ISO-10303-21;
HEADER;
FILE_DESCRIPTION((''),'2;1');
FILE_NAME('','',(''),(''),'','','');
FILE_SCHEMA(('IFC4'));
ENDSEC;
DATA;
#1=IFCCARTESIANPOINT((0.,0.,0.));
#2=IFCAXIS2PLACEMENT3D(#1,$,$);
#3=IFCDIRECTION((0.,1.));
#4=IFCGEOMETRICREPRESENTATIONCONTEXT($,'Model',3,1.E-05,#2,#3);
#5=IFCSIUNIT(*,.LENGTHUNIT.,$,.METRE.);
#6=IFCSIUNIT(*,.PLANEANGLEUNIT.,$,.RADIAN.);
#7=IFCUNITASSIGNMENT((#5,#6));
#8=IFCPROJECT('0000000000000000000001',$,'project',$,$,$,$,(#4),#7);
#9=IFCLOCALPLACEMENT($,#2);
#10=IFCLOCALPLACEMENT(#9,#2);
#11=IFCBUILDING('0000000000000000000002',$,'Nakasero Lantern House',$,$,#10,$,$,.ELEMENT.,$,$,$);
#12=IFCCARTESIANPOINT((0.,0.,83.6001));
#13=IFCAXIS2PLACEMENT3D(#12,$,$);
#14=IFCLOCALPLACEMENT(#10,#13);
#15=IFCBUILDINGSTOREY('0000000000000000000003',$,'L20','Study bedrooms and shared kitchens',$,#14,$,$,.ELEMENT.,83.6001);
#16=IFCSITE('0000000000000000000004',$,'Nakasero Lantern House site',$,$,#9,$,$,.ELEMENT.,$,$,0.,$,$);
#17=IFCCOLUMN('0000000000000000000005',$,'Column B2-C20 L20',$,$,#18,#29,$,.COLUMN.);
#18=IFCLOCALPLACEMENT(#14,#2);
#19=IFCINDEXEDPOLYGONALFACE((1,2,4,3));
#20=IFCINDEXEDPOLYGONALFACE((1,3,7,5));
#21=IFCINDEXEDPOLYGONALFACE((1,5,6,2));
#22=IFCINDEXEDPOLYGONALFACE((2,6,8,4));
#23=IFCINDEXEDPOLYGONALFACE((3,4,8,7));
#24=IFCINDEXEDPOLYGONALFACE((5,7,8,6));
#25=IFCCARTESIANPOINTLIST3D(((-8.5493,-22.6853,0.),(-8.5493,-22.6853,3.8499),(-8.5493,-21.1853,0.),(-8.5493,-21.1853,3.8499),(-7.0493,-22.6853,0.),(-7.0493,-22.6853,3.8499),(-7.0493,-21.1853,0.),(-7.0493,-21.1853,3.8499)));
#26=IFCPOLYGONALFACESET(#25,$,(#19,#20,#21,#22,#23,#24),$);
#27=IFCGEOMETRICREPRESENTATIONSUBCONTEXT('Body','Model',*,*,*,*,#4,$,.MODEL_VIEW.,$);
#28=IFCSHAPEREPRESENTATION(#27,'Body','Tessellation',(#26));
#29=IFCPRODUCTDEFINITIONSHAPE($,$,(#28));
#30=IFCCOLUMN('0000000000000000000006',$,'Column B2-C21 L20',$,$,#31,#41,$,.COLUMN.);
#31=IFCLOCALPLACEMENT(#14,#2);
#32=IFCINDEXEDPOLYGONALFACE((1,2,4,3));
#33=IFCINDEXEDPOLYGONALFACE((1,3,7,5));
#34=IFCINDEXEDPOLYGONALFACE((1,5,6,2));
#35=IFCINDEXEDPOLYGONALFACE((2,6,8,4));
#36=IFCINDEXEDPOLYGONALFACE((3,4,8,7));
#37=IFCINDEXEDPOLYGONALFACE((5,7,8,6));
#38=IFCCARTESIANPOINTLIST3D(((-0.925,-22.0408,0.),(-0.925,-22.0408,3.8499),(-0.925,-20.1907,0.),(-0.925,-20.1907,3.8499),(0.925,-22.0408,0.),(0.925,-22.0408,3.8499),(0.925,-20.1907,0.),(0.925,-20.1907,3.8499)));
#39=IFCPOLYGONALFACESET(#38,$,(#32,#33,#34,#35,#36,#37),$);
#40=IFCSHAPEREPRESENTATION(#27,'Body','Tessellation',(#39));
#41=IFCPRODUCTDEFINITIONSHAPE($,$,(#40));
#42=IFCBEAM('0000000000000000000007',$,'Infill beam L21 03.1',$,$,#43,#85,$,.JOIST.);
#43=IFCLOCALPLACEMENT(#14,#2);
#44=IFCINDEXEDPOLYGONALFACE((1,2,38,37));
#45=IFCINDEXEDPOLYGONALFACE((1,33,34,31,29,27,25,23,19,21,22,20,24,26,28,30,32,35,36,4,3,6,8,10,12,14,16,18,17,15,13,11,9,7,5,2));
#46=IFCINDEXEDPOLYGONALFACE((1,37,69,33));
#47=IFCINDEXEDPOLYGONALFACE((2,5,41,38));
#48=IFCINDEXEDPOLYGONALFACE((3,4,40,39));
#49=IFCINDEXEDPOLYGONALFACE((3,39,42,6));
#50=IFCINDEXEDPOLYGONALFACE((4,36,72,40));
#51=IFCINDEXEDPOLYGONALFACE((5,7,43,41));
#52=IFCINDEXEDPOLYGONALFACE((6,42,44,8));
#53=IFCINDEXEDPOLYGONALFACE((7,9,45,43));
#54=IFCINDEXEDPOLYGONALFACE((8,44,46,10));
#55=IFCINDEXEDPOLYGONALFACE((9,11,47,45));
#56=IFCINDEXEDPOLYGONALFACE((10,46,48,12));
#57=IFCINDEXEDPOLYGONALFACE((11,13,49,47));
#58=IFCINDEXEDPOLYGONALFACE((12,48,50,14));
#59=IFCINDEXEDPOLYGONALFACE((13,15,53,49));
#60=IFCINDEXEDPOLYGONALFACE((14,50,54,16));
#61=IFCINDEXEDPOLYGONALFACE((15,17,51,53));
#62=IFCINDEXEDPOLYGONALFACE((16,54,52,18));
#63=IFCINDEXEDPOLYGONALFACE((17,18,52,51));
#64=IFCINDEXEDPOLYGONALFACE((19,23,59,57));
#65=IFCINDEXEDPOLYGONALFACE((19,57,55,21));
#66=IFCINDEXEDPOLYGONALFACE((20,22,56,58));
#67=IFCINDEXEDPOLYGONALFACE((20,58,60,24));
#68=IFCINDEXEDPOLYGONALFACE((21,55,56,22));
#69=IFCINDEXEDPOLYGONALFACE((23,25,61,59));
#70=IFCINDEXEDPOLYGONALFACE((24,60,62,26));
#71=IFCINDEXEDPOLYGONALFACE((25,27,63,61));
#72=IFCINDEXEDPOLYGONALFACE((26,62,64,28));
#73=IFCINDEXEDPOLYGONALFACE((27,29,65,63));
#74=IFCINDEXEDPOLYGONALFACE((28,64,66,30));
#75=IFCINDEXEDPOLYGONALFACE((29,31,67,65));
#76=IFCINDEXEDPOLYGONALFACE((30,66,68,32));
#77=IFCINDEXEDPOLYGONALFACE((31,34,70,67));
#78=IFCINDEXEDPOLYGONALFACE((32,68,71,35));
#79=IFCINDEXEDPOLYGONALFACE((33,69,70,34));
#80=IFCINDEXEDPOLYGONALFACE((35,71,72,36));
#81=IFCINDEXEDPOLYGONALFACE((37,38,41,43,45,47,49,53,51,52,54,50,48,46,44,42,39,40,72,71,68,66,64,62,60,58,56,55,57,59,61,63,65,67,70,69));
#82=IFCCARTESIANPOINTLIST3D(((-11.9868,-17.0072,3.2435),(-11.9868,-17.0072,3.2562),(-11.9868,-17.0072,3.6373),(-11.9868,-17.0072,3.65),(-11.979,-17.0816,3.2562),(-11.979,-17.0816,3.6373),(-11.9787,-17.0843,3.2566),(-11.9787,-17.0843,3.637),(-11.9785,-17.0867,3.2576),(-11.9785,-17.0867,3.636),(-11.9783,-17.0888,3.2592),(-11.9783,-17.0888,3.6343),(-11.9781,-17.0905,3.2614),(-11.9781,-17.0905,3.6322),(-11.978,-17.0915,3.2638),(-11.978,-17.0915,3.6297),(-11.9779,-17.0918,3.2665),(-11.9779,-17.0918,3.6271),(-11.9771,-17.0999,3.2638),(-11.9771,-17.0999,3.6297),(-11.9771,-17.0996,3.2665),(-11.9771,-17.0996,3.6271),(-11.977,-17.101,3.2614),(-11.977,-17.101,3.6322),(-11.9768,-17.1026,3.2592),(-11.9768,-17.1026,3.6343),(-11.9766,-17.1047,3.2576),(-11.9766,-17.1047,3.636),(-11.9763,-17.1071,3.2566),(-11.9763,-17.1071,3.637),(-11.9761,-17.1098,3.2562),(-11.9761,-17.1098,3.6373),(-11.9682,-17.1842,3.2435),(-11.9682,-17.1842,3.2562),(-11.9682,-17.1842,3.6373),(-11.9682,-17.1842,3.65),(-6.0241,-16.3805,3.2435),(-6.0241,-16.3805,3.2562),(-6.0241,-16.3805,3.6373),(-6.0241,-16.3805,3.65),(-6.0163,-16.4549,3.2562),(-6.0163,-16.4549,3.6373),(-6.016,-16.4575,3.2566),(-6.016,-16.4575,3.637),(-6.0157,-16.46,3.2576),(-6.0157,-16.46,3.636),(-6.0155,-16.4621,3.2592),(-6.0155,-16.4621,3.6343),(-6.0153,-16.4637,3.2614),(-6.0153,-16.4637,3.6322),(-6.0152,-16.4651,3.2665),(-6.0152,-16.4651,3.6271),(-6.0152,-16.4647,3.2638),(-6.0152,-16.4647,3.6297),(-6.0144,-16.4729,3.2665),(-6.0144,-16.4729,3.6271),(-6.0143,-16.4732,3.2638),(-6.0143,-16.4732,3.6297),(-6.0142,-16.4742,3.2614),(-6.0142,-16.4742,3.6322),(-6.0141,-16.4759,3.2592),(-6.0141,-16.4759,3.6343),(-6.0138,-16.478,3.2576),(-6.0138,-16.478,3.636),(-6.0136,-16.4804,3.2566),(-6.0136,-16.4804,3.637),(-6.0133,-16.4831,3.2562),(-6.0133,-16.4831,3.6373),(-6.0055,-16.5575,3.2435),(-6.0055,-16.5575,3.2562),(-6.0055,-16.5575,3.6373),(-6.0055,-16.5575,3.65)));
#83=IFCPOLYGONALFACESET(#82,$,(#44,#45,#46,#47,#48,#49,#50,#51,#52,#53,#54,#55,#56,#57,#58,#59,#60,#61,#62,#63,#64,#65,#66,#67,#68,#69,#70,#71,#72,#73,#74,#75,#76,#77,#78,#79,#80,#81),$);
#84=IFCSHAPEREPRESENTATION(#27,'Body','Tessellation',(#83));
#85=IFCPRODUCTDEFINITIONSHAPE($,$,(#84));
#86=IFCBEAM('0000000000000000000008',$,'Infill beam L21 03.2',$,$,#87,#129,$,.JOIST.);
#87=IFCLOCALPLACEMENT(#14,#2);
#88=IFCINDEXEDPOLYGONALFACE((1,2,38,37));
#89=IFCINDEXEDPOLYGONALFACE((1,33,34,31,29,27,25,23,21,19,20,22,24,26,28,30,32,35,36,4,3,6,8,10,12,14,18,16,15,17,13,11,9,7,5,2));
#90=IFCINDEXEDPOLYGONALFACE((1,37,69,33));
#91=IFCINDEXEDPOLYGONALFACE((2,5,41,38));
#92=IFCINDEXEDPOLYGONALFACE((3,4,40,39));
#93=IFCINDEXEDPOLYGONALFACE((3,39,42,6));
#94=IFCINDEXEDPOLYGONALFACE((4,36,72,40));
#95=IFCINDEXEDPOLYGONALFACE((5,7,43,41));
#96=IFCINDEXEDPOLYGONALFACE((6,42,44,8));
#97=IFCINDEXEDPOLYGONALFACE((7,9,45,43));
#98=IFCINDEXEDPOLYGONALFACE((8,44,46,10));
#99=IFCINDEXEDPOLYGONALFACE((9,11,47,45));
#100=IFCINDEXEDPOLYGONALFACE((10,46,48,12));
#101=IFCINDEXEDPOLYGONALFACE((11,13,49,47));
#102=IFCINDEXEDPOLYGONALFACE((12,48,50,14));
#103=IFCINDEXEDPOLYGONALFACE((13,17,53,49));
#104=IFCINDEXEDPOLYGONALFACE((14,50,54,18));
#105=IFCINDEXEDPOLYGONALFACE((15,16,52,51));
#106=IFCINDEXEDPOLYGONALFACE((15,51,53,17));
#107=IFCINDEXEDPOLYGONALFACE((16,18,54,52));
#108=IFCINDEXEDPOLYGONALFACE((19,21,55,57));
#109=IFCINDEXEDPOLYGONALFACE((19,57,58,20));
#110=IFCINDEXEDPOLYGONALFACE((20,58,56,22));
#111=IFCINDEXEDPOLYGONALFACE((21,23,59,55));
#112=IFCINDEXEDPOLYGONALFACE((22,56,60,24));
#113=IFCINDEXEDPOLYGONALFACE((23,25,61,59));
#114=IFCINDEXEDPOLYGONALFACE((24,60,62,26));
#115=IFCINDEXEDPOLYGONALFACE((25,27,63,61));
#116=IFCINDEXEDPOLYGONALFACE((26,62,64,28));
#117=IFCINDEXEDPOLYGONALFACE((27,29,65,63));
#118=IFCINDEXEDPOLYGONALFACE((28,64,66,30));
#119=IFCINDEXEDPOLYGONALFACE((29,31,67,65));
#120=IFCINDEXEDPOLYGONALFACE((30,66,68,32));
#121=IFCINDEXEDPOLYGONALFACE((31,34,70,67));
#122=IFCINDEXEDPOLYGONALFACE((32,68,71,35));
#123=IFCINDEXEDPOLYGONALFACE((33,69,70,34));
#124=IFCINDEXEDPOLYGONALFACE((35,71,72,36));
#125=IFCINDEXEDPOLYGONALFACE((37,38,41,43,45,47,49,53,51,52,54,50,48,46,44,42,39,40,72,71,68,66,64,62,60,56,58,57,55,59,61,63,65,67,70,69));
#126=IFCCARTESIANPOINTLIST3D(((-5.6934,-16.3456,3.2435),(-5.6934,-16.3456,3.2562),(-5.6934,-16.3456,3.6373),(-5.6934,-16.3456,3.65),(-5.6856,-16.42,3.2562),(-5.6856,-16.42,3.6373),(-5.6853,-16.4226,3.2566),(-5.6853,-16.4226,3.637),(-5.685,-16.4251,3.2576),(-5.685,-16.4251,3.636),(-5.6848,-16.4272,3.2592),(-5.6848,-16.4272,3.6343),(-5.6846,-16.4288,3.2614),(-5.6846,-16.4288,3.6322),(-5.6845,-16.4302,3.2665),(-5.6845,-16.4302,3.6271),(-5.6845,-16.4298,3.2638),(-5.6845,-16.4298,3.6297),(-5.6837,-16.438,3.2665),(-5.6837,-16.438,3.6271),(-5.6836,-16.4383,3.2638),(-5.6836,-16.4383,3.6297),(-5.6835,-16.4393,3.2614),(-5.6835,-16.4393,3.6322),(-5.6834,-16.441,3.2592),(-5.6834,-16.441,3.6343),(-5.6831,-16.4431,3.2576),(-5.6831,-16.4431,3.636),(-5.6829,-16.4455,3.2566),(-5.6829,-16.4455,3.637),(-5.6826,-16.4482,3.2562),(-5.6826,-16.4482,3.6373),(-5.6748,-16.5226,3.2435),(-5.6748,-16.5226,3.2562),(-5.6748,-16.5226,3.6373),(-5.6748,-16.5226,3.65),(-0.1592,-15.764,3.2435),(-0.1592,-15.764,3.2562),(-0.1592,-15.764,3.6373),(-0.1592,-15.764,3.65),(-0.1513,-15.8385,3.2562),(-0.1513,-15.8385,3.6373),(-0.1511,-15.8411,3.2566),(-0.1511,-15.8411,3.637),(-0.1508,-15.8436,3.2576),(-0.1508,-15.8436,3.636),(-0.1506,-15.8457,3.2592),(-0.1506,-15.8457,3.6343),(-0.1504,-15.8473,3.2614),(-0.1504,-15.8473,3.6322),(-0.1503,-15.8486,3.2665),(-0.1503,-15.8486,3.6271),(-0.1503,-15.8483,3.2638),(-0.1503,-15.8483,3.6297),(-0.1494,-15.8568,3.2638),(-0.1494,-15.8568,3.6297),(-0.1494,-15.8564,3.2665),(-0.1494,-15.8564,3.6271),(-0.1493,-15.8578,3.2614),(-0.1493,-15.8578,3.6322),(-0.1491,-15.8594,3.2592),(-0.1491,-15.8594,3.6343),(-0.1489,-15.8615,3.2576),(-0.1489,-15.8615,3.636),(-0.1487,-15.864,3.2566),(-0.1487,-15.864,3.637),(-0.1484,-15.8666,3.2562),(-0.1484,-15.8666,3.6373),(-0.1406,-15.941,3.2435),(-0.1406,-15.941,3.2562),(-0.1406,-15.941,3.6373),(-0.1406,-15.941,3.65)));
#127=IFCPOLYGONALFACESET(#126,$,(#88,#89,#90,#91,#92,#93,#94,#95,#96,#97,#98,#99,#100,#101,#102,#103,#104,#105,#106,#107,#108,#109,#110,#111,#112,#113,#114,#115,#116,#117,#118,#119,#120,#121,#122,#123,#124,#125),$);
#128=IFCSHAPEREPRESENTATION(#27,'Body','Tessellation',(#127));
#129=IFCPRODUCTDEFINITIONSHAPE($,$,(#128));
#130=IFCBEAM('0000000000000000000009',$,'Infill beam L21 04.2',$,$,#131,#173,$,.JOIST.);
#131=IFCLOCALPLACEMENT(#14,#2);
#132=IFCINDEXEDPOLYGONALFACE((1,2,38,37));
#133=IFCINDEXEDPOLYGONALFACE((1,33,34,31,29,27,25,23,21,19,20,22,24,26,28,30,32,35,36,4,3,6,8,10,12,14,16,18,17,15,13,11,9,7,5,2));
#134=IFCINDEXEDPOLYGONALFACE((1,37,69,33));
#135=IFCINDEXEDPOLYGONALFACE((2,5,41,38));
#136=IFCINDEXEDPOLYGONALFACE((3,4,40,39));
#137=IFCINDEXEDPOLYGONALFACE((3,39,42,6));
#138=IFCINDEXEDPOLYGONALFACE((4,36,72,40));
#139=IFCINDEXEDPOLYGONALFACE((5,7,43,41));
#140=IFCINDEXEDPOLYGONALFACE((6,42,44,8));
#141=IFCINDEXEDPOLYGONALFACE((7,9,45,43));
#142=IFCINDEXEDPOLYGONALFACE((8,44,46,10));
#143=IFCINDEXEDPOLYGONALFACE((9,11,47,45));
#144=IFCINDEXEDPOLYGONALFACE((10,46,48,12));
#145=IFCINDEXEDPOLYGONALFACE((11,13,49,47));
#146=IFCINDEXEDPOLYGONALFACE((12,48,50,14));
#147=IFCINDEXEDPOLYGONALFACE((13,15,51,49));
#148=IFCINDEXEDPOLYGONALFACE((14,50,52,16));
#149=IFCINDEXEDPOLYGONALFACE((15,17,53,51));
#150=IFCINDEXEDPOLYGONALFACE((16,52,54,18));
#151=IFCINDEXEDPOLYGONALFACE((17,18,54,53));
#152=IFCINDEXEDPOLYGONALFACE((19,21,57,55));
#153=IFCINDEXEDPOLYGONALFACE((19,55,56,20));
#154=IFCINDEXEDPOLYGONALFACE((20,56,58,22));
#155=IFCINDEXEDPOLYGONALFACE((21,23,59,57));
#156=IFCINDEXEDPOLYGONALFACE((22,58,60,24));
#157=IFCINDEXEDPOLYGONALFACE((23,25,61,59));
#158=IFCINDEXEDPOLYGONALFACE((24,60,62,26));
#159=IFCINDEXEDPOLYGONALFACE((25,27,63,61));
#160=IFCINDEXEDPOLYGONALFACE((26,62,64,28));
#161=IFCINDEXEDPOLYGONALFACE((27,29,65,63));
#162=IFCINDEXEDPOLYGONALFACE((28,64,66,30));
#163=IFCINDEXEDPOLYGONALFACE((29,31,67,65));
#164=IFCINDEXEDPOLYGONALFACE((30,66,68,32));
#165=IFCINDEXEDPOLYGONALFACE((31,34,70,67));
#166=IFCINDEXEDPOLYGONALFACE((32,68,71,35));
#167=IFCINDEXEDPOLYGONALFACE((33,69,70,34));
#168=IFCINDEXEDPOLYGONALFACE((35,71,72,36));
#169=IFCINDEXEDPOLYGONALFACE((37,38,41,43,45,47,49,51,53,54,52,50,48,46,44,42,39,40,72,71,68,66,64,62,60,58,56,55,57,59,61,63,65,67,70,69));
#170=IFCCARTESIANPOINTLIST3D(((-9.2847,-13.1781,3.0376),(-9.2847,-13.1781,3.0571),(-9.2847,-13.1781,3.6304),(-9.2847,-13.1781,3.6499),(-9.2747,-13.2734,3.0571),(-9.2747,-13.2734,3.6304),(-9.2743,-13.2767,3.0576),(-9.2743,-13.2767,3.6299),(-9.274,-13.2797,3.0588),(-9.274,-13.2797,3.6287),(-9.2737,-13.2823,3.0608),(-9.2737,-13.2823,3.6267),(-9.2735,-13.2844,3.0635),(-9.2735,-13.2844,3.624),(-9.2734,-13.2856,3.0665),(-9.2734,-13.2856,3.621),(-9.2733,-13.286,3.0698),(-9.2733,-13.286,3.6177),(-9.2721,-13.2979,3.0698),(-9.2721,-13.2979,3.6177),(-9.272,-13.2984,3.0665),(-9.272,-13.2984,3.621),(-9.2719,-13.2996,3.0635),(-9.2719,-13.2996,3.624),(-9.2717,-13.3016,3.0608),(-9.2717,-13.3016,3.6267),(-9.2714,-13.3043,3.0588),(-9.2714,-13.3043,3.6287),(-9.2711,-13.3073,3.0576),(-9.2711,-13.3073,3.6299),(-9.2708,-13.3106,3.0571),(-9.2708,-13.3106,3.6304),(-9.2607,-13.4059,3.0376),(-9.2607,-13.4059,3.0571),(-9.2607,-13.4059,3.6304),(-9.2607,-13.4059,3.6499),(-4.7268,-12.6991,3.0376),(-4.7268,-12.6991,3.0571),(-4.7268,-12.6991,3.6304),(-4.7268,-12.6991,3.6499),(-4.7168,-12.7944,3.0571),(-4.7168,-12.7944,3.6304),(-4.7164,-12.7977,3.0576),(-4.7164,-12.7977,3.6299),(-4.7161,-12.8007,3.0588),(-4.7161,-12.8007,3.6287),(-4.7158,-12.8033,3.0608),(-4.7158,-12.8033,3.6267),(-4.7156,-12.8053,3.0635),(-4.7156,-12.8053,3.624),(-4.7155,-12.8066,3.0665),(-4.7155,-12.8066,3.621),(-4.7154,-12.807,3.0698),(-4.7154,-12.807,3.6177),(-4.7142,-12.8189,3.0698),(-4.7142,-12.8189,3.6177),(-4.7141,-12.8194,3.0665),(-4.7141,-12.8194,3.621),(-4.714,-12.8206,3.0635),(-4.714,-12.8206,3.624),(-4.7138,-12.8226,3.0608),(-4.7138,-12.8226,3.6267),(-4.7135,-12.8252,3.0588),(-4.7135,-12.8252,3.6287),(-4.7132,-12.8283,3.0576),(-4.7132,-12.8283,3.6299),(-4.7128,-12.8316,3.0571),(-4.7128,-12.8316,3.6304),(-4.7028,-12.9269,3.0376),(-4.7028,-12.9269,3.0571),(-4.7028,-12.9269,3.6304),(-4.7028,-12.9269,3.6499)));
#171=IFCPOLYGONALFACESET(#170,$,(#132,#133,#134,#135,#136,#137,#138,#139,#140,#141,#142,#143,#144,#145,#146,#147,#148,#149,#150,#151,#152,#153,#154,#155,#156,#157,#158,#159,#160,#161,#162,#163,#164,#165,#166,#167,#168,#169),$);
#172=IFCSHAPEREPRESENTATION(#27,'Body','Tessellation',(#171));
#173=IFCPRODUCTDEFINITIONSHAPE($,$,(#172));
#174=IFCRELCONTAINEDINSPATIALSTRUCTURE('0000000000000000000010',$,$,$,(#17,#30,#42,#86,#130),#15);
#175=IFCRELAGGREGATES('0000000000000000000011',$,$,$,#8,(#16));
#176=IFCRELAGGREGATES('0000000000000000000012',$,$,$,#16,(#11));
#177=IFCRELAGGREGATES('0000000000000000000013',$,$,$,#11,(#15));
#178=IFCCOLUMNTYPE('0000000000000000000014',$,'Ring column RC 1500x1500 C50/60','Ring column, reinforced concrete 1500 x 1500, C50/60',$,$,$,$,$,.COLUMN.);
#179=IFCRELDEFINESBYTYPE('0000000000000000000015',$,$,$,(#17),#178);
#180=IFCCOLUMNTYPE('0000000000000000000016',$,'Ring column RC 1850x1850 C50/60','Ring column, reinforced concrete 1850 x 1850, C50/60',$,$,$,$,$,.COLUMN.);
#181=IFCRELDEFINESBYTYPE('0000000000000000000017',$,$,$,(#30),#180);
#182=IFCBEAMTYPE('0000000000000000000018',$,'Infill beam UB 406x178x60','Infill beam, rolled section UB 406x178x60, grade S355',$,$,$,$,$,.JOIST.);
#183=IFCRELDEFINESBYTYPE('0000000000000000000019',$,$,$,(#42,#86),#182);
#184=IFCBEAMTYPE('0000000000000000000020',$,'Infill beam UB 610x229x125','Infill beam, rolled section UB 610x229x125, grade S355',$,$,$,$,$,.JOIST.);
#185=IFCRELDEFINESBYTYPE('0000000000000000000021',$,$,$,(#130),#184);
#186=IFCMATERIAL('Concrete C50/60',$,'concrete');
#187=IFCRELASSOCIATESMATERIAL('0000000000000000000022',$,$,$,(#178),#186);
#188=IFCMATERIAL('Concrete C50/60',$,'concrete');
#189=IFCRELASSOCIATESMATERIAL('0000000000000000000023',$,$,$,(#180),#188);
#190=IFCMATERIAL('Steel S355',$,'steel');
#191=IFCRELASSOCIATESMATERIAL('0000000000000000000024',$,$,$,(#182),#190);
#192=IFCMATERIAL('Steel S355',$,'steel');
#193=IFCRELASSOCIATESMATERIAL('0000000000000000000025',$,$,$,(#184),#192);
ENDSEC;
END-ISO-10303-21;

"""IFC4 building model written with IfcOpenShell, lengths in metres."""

from ifc_helpers import new_model, si_unit, direction, frame, origin, origin_2d, place, context, subcontext, project, spatial, rectangle, i_section, extrude, material, material_profile, profile_set, type_object, element, save


model = new_model("IFC4")

# Units and contexts
model_context = context("Model", 3, precision=1e-05, world=origin(), true_north=direction((0.0, 1.0)))
body_context = subcontext(model_context, "Body", "Model", "MODEL_VIEW")
ifc_project = project(units=[si_unit("LENGTHUNIT", "METRE"), si_unit("PLANEANGLEUNIT", "RADIAN")], contexts=[model_context])

# Site, building, storey
site_placement = place(None, origin())
site = spatial("IfcSite", under=ifc_project, at=site_placement, Name="Nakasero Lantern House site", CompositionType="ELEMENT", RefElevation=0.0)
building_placement = place(site_placement, origin())
building = spatial("IfcBuilding", under=site, at=building_placement, Name="Nakasero Lantern House", CompositionType="ELEMENT")
storey_placement = place(building_placement, frame((0.0, 0.0, 83.6001)))
storey = spatial("IfcBuildingStorey", under=building, at=storey_placement, Name="L20", Description="Study bedrooms and shared kitchens", CompositionType="ELEMENT", Elevation=83.6001)

# Columns
ifc_material_1 = material(Name="Concrete C50/60", Category="concrete")
ifc_material_profile_1 = material_profile(ifc_material_1, rectangle(XDim=1.5, YDim=1.5, at=origin_2d()), Name="RC 1500x1500")
ifc_profile_set_1 = profile_set([ifc_material_profile_1], Name="Concrete C50/60")
column_type_1 = type_object("IfcColumnType", Name="Ring column RC 1500x1500 C50/60", Description="Ring column, reinforced concrete 1500 x 1500, C50/60", PredefinedType="COLUMN", material=ifc_profile_set_1)
column_1_placement = place(storey_placement, frame((-7.7993, -21.9353, 0.0), z_axis=(0.0, 0.0, 1.0), x_axis=(1.0, 0.0, 0.0)))
element("IfcColumn", 1, at=column_1_placement, inside=storey, type_object=column_type_1, Name="Column B2-C20 L20", PredefinedType="COLUMN", context=body_context, shape_type="SweptSolid", body=[
    extrude(rectangle(XDim=1.5, YDim=1.5, at=origin_2d()), origin(), (0.0, 0.0, 1.0), 3.8499),
])
ifc_material_2 = material(Name="Concrete C50/60", Category="concrete")
ifc_material_profile_2 = material_profile(ifc_material_2, rectangle(XDim=1.8501, YDim=1.8501, at=origin_2d()), Name="RC 1850x1850")
ifc_profile_set_2 = profile_set([ifc_material_profile_2], Name="Concrete C50/60")
column_type_2 = type_object("IfcColumnType", Name="Ring column RC 1850x1850 C50/60", Description="Ring column, reinforced concrete 1850 x 1850, C50/60", PredefinedType="COLUMN", material=ifc_profile_set_2)
column_2_placement = place(storey_placement, frame((0.0, -21.1157, 0.0), z_axis=(0.0, 0.0, 1.0), x_axis=(1.0, 0.0, 0.0)))
element("IfcColumn", 2, at=column_2_placement, inside=storey, type_object=column_type_2, Name="Column B2-C21 L20", PredefinedType="COLUMN", context=body_context, shape_type="SweptSolid", body=[
    extrude(rectangle(XDim=1.8501, YDim=1.8501, at=origin_2d()), origin(), (0.0, 0.0, 1.0), 3.8499),
])

# Beams
ifc_material_3 = material(Name="Steel S355", Category="steel")
ifc_material_profile_3 = material_profile(ifc_material_3, i_section(OverallWidth=0.178, OverallDepth=0.4065, WebThickness=0.0078, FlangeThickness=0.0127, FilletRadius=0.0103, at=origin_2d()), Name="UB 406x178x60")
ifc_profile_set_3 = profile_set([ifc_material_profile_3], Name="Steel S355")
beam_type_1 = type_object("IfcBeamType", Name="Infill beam UB 406x178x60", Description="Infill beam, rolled section UB 406x178x60, grade S355", PredefinedType="JOIST", material=ifc_profile_set_3)
beam_1_placement = place(storey_placement, frame((-11.9775, -17.0957, 3.4468), z_axis=(0.994522, 0.10453, 0.0), x_axis=(-0.10453, 0.994522, 0.0)))
element("IfcBeam", 3, at=beam_1_placement, inside=storey, type_object=beam_type_1, Name="Infill beam L21 03.1", PredefinedType="JOIST", context=body_context, shape_type="SweptSolid", body=[
    extrude(i_section(OverallWidth=0.178, OverallDepth=0.4065, WebThickness=0.0078, FlangeThickness=0.0127, FilletRadius=0.0103, at=origin_2d()), origin(), (0.0, 0.0, 1.0), 5.9956),
])
beam_2_placement = place(storey_placement, frame((-5.6841, -16.4341, 3.4468), z_axis=(0.994524, 0.104507, 0.0), x_axis=(-0.104507, 0.994524, 0.0)))
element("IfcBeam", 4, at=beam_2_placement, inside=storey, type_object=beam_type_1, Name="Infill beam L21 03.2", PredefinedType="JOIST", context=body_context, shape_type="SweptSolid", body=[
    extrude(i_section(OverallWidth=0.178, OverallDepth=0.4065, WebThickness=0.0078, FlangeThickness=0.0127, FilletRadius=0.0103, at=origin_2d()), origin(), (0.0, 0.0, 1.0), 5.5647),
])
ifc_material_4 = material(Name="Steel S355", Category="steel")
ifc_material_profile_4 = material_profile(ifc_material_4, i_section(OverallWidth=0.229, OverallDepth=0.6123, WebThickness=0.012, FlangeThickness=0.0195, FilletRadius=0.0127, at=origin_2d()), Name="UB 610x229x125")
ifc_profile_set_4 = profile_set([ifc_material_profile_4], Name="Steel S355")
beam_type_2 = type_object("IfcBeamType", Name="Infill beam UB 610x229x125", Description="Infill beam, rolled section UB 610x229x125, grade S355", PredefinedType="JOIST", material=ifc_profile_set_4)
beam_3_placement = place(storey_placement, frame((-9.2727, -13.292, 3.3438), z_axis=(0.994523, 0.104518, 0.0), x_axis=(-0.104518, 0.994523, 0.0)))
element("IfcBeam", 5, at=beam_3_placement, inside=storey, type_object=beam_type_2, Name="Infill beam L21 04.2", PredefinedType="JOIST", context=body_context, shape_type="SweptSolid", body=[
    extrude(i_section(OverallWidth=0.229, OverallDepth=0.6123, WebThickness=0.012, FlangeThickness=0.0195, FilletRadius=0.0127, at=origin_2d()), origin(), (0.0, 0.0, 1.0), 4.583),
])

save(model, "model.ifc")
